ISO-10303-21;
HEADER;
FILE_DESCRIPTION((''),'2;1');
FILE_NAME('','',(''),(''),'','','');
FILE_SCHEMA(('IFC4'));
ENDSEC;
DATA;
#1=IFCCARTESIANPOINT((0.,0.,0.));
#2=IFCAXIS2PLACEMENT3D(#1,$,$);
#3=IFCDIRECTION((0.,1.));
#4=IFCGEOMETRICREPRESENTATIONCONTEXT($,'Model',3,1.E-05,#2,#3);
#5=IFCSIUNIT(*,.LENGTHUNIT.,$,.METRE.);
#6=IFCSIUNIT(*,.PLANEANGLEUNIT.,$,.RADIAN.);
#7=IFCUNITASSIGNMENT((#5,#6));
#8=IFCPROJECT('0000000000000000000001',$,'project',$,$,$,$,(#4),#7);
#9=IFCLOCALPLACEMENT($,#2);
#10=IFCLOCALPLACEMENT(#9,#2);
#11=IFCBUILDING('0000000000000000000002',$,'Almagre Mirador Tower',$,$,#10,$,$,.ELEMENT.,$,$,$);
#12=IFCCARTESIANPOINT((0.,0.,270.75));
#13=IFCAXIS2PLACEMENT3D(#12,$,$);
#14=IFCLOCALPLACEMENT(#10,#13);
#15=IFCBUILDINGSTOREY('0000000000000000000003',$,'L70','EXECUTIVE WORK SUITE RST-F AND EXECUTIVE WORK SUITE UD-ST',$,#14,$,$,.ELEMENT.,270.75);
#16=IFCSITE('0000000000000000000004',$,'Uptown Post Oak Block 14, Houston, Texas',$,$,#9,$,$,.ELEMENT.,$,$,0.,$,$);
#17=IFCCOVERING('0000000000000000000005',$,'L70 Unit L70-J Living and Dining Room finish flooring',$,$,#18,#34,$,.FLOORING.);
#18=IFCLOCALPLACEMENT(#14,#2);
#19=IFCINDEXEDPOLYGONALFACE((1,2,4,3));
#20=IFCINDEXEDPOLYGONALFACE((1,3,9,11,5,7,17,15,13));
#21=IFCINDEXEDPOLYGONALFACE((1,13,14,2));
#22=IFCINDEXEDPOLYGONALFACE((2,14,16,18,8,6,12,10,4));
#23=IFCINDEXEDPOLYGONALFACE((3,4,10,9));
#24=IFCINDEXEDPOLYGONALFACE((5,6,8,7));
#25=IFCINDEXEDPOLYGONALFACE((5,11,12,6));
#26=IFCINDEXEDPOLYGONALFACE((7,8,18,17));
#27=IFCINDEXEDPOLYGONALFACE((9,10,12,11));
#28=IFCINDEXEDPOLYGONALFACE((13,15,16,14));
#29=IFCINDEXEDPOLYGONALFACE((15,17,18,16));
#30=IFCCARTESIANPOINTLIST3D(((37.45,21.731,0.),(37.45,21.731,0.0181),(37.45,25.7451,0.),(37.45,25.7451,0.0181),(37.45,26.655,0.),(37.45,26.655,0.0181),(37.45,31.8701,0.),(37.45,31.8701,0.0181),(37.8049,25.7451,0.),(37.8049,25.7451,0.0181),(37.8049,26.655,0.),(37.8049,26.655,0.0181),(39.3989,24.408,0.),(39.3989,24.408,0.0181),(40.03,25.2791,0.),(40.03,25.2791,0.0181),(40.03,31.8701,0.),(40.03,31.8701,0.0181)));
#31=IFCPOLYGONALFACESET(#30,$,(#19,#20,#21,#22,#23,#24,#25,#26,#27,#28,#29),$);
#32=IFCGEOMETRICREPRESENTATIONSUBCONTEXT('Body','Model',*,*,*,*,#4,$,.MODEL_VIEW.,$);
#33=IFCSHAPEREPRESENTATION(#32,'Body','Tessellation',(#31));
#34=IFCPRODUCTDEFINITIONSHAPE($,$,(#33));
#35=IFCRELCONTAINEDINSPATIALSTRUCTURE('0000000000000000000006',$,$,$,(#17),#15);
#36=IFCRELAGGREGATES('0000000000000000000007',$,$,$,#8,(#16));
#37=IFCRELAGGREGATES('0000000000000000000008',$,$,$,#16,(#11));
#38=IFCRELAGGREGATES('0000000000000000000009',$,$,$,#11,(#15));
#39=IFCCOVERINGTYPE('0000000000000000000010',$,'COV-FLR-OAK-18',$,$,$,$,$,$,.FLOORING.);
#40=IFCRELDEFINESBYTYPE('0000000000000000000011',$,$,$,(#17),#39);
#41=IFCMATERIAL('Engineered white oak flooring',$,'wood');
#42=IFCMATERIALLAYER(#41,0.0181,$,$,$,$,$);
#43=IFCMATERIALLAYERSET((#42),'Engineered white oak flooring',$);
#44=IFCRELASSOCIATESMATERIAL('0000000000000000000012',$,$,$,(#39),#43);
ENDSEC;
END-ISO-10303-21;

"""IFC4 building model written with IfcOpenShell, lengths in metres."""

from ifc_helpers import new_model, si_unit, direction, frame, origin, place, context, subcontext, project, spatial, polyline, outline, extrude, material, layer, layer_set, type_object, element, save


model = new_model("IFC4")

# Units and contexts
model_context = context("Model", 3, precision=1e-05, world=origin(), true_north=direction((0.0, 1.0)))
body_context = subcontext(model_context, "Body", "Model", "MODEL_VIEW")
ifc_project = project(units=[si_unit("LENGTHUNIT", "METRE"), si_unit("PLANEANGLEUNIT", "RADIAN")], contexts=[model_context])

# Site, building, storey
site_placement = place(None, origin())
site = spatial("IfcSite", under=ifc_project, at=site_placement, Name="Uptown Post Oak Block 14, Houston, Texas", CompositionType="ELEMENT", RefElevation=0.0)
building_placement = place(site_placement, origin())
building = spatial("IfcBuilding", under=site, at=building_placement, Name="Almagre Mirador Tower", CompositionType="ELEMENT")
storey_placement = place(building_placement, frame((0.0, 0.0, 270.75)))
storey = spatial("IfcBuildingStorey", under=building, at=storey_placement, Name="L70", Description="EXECUTIVE WORK SUITE RST-F AND EXECUTIVE WORK SUITE UD-ST", CompositionType="ELEMENT", Elevation=270.75)

# Covering
ifc_material_1 = material(Name="Engineered white oak flooring", Category="wood")
ifc_layer_1 = layer(ifc_material_1, 0.0181)
ifc_layer_set_1 = layer_set([ifc_layer_1], Name="Engineered white oak flooring")
covering_type = type_object("IfcCoveringType", Name="COV-FLR-OAK-18", PredefinedType="FLOORING", material=ifc_layer_set_1)
covering_placement = place(storey_placement, origin())
element("IfcCovering", 1, at=covering_placement, inside=storey, type_object=covering_type, Name="L70 Unit L70-J Living and Dining Room finish flooring", PredefinedType="FLOORING", context=body_context, shape_type="SweptSolid", body=[
    extrude(outline(polyline([(40.03, 31.8701), (40.03, 25.2791), (39.3989, 24.408), (37.45, 21.731), (37.45, 25.7451), (37.8049, 25.7451), (37.8049, 26.655), (37.45, 26.655), (37.45, 31.8701), (40.03, 31.8701)])), origin(), (0.0, 0.0, 1.0), 0.0181),
])

save(model, "model.ifc")
